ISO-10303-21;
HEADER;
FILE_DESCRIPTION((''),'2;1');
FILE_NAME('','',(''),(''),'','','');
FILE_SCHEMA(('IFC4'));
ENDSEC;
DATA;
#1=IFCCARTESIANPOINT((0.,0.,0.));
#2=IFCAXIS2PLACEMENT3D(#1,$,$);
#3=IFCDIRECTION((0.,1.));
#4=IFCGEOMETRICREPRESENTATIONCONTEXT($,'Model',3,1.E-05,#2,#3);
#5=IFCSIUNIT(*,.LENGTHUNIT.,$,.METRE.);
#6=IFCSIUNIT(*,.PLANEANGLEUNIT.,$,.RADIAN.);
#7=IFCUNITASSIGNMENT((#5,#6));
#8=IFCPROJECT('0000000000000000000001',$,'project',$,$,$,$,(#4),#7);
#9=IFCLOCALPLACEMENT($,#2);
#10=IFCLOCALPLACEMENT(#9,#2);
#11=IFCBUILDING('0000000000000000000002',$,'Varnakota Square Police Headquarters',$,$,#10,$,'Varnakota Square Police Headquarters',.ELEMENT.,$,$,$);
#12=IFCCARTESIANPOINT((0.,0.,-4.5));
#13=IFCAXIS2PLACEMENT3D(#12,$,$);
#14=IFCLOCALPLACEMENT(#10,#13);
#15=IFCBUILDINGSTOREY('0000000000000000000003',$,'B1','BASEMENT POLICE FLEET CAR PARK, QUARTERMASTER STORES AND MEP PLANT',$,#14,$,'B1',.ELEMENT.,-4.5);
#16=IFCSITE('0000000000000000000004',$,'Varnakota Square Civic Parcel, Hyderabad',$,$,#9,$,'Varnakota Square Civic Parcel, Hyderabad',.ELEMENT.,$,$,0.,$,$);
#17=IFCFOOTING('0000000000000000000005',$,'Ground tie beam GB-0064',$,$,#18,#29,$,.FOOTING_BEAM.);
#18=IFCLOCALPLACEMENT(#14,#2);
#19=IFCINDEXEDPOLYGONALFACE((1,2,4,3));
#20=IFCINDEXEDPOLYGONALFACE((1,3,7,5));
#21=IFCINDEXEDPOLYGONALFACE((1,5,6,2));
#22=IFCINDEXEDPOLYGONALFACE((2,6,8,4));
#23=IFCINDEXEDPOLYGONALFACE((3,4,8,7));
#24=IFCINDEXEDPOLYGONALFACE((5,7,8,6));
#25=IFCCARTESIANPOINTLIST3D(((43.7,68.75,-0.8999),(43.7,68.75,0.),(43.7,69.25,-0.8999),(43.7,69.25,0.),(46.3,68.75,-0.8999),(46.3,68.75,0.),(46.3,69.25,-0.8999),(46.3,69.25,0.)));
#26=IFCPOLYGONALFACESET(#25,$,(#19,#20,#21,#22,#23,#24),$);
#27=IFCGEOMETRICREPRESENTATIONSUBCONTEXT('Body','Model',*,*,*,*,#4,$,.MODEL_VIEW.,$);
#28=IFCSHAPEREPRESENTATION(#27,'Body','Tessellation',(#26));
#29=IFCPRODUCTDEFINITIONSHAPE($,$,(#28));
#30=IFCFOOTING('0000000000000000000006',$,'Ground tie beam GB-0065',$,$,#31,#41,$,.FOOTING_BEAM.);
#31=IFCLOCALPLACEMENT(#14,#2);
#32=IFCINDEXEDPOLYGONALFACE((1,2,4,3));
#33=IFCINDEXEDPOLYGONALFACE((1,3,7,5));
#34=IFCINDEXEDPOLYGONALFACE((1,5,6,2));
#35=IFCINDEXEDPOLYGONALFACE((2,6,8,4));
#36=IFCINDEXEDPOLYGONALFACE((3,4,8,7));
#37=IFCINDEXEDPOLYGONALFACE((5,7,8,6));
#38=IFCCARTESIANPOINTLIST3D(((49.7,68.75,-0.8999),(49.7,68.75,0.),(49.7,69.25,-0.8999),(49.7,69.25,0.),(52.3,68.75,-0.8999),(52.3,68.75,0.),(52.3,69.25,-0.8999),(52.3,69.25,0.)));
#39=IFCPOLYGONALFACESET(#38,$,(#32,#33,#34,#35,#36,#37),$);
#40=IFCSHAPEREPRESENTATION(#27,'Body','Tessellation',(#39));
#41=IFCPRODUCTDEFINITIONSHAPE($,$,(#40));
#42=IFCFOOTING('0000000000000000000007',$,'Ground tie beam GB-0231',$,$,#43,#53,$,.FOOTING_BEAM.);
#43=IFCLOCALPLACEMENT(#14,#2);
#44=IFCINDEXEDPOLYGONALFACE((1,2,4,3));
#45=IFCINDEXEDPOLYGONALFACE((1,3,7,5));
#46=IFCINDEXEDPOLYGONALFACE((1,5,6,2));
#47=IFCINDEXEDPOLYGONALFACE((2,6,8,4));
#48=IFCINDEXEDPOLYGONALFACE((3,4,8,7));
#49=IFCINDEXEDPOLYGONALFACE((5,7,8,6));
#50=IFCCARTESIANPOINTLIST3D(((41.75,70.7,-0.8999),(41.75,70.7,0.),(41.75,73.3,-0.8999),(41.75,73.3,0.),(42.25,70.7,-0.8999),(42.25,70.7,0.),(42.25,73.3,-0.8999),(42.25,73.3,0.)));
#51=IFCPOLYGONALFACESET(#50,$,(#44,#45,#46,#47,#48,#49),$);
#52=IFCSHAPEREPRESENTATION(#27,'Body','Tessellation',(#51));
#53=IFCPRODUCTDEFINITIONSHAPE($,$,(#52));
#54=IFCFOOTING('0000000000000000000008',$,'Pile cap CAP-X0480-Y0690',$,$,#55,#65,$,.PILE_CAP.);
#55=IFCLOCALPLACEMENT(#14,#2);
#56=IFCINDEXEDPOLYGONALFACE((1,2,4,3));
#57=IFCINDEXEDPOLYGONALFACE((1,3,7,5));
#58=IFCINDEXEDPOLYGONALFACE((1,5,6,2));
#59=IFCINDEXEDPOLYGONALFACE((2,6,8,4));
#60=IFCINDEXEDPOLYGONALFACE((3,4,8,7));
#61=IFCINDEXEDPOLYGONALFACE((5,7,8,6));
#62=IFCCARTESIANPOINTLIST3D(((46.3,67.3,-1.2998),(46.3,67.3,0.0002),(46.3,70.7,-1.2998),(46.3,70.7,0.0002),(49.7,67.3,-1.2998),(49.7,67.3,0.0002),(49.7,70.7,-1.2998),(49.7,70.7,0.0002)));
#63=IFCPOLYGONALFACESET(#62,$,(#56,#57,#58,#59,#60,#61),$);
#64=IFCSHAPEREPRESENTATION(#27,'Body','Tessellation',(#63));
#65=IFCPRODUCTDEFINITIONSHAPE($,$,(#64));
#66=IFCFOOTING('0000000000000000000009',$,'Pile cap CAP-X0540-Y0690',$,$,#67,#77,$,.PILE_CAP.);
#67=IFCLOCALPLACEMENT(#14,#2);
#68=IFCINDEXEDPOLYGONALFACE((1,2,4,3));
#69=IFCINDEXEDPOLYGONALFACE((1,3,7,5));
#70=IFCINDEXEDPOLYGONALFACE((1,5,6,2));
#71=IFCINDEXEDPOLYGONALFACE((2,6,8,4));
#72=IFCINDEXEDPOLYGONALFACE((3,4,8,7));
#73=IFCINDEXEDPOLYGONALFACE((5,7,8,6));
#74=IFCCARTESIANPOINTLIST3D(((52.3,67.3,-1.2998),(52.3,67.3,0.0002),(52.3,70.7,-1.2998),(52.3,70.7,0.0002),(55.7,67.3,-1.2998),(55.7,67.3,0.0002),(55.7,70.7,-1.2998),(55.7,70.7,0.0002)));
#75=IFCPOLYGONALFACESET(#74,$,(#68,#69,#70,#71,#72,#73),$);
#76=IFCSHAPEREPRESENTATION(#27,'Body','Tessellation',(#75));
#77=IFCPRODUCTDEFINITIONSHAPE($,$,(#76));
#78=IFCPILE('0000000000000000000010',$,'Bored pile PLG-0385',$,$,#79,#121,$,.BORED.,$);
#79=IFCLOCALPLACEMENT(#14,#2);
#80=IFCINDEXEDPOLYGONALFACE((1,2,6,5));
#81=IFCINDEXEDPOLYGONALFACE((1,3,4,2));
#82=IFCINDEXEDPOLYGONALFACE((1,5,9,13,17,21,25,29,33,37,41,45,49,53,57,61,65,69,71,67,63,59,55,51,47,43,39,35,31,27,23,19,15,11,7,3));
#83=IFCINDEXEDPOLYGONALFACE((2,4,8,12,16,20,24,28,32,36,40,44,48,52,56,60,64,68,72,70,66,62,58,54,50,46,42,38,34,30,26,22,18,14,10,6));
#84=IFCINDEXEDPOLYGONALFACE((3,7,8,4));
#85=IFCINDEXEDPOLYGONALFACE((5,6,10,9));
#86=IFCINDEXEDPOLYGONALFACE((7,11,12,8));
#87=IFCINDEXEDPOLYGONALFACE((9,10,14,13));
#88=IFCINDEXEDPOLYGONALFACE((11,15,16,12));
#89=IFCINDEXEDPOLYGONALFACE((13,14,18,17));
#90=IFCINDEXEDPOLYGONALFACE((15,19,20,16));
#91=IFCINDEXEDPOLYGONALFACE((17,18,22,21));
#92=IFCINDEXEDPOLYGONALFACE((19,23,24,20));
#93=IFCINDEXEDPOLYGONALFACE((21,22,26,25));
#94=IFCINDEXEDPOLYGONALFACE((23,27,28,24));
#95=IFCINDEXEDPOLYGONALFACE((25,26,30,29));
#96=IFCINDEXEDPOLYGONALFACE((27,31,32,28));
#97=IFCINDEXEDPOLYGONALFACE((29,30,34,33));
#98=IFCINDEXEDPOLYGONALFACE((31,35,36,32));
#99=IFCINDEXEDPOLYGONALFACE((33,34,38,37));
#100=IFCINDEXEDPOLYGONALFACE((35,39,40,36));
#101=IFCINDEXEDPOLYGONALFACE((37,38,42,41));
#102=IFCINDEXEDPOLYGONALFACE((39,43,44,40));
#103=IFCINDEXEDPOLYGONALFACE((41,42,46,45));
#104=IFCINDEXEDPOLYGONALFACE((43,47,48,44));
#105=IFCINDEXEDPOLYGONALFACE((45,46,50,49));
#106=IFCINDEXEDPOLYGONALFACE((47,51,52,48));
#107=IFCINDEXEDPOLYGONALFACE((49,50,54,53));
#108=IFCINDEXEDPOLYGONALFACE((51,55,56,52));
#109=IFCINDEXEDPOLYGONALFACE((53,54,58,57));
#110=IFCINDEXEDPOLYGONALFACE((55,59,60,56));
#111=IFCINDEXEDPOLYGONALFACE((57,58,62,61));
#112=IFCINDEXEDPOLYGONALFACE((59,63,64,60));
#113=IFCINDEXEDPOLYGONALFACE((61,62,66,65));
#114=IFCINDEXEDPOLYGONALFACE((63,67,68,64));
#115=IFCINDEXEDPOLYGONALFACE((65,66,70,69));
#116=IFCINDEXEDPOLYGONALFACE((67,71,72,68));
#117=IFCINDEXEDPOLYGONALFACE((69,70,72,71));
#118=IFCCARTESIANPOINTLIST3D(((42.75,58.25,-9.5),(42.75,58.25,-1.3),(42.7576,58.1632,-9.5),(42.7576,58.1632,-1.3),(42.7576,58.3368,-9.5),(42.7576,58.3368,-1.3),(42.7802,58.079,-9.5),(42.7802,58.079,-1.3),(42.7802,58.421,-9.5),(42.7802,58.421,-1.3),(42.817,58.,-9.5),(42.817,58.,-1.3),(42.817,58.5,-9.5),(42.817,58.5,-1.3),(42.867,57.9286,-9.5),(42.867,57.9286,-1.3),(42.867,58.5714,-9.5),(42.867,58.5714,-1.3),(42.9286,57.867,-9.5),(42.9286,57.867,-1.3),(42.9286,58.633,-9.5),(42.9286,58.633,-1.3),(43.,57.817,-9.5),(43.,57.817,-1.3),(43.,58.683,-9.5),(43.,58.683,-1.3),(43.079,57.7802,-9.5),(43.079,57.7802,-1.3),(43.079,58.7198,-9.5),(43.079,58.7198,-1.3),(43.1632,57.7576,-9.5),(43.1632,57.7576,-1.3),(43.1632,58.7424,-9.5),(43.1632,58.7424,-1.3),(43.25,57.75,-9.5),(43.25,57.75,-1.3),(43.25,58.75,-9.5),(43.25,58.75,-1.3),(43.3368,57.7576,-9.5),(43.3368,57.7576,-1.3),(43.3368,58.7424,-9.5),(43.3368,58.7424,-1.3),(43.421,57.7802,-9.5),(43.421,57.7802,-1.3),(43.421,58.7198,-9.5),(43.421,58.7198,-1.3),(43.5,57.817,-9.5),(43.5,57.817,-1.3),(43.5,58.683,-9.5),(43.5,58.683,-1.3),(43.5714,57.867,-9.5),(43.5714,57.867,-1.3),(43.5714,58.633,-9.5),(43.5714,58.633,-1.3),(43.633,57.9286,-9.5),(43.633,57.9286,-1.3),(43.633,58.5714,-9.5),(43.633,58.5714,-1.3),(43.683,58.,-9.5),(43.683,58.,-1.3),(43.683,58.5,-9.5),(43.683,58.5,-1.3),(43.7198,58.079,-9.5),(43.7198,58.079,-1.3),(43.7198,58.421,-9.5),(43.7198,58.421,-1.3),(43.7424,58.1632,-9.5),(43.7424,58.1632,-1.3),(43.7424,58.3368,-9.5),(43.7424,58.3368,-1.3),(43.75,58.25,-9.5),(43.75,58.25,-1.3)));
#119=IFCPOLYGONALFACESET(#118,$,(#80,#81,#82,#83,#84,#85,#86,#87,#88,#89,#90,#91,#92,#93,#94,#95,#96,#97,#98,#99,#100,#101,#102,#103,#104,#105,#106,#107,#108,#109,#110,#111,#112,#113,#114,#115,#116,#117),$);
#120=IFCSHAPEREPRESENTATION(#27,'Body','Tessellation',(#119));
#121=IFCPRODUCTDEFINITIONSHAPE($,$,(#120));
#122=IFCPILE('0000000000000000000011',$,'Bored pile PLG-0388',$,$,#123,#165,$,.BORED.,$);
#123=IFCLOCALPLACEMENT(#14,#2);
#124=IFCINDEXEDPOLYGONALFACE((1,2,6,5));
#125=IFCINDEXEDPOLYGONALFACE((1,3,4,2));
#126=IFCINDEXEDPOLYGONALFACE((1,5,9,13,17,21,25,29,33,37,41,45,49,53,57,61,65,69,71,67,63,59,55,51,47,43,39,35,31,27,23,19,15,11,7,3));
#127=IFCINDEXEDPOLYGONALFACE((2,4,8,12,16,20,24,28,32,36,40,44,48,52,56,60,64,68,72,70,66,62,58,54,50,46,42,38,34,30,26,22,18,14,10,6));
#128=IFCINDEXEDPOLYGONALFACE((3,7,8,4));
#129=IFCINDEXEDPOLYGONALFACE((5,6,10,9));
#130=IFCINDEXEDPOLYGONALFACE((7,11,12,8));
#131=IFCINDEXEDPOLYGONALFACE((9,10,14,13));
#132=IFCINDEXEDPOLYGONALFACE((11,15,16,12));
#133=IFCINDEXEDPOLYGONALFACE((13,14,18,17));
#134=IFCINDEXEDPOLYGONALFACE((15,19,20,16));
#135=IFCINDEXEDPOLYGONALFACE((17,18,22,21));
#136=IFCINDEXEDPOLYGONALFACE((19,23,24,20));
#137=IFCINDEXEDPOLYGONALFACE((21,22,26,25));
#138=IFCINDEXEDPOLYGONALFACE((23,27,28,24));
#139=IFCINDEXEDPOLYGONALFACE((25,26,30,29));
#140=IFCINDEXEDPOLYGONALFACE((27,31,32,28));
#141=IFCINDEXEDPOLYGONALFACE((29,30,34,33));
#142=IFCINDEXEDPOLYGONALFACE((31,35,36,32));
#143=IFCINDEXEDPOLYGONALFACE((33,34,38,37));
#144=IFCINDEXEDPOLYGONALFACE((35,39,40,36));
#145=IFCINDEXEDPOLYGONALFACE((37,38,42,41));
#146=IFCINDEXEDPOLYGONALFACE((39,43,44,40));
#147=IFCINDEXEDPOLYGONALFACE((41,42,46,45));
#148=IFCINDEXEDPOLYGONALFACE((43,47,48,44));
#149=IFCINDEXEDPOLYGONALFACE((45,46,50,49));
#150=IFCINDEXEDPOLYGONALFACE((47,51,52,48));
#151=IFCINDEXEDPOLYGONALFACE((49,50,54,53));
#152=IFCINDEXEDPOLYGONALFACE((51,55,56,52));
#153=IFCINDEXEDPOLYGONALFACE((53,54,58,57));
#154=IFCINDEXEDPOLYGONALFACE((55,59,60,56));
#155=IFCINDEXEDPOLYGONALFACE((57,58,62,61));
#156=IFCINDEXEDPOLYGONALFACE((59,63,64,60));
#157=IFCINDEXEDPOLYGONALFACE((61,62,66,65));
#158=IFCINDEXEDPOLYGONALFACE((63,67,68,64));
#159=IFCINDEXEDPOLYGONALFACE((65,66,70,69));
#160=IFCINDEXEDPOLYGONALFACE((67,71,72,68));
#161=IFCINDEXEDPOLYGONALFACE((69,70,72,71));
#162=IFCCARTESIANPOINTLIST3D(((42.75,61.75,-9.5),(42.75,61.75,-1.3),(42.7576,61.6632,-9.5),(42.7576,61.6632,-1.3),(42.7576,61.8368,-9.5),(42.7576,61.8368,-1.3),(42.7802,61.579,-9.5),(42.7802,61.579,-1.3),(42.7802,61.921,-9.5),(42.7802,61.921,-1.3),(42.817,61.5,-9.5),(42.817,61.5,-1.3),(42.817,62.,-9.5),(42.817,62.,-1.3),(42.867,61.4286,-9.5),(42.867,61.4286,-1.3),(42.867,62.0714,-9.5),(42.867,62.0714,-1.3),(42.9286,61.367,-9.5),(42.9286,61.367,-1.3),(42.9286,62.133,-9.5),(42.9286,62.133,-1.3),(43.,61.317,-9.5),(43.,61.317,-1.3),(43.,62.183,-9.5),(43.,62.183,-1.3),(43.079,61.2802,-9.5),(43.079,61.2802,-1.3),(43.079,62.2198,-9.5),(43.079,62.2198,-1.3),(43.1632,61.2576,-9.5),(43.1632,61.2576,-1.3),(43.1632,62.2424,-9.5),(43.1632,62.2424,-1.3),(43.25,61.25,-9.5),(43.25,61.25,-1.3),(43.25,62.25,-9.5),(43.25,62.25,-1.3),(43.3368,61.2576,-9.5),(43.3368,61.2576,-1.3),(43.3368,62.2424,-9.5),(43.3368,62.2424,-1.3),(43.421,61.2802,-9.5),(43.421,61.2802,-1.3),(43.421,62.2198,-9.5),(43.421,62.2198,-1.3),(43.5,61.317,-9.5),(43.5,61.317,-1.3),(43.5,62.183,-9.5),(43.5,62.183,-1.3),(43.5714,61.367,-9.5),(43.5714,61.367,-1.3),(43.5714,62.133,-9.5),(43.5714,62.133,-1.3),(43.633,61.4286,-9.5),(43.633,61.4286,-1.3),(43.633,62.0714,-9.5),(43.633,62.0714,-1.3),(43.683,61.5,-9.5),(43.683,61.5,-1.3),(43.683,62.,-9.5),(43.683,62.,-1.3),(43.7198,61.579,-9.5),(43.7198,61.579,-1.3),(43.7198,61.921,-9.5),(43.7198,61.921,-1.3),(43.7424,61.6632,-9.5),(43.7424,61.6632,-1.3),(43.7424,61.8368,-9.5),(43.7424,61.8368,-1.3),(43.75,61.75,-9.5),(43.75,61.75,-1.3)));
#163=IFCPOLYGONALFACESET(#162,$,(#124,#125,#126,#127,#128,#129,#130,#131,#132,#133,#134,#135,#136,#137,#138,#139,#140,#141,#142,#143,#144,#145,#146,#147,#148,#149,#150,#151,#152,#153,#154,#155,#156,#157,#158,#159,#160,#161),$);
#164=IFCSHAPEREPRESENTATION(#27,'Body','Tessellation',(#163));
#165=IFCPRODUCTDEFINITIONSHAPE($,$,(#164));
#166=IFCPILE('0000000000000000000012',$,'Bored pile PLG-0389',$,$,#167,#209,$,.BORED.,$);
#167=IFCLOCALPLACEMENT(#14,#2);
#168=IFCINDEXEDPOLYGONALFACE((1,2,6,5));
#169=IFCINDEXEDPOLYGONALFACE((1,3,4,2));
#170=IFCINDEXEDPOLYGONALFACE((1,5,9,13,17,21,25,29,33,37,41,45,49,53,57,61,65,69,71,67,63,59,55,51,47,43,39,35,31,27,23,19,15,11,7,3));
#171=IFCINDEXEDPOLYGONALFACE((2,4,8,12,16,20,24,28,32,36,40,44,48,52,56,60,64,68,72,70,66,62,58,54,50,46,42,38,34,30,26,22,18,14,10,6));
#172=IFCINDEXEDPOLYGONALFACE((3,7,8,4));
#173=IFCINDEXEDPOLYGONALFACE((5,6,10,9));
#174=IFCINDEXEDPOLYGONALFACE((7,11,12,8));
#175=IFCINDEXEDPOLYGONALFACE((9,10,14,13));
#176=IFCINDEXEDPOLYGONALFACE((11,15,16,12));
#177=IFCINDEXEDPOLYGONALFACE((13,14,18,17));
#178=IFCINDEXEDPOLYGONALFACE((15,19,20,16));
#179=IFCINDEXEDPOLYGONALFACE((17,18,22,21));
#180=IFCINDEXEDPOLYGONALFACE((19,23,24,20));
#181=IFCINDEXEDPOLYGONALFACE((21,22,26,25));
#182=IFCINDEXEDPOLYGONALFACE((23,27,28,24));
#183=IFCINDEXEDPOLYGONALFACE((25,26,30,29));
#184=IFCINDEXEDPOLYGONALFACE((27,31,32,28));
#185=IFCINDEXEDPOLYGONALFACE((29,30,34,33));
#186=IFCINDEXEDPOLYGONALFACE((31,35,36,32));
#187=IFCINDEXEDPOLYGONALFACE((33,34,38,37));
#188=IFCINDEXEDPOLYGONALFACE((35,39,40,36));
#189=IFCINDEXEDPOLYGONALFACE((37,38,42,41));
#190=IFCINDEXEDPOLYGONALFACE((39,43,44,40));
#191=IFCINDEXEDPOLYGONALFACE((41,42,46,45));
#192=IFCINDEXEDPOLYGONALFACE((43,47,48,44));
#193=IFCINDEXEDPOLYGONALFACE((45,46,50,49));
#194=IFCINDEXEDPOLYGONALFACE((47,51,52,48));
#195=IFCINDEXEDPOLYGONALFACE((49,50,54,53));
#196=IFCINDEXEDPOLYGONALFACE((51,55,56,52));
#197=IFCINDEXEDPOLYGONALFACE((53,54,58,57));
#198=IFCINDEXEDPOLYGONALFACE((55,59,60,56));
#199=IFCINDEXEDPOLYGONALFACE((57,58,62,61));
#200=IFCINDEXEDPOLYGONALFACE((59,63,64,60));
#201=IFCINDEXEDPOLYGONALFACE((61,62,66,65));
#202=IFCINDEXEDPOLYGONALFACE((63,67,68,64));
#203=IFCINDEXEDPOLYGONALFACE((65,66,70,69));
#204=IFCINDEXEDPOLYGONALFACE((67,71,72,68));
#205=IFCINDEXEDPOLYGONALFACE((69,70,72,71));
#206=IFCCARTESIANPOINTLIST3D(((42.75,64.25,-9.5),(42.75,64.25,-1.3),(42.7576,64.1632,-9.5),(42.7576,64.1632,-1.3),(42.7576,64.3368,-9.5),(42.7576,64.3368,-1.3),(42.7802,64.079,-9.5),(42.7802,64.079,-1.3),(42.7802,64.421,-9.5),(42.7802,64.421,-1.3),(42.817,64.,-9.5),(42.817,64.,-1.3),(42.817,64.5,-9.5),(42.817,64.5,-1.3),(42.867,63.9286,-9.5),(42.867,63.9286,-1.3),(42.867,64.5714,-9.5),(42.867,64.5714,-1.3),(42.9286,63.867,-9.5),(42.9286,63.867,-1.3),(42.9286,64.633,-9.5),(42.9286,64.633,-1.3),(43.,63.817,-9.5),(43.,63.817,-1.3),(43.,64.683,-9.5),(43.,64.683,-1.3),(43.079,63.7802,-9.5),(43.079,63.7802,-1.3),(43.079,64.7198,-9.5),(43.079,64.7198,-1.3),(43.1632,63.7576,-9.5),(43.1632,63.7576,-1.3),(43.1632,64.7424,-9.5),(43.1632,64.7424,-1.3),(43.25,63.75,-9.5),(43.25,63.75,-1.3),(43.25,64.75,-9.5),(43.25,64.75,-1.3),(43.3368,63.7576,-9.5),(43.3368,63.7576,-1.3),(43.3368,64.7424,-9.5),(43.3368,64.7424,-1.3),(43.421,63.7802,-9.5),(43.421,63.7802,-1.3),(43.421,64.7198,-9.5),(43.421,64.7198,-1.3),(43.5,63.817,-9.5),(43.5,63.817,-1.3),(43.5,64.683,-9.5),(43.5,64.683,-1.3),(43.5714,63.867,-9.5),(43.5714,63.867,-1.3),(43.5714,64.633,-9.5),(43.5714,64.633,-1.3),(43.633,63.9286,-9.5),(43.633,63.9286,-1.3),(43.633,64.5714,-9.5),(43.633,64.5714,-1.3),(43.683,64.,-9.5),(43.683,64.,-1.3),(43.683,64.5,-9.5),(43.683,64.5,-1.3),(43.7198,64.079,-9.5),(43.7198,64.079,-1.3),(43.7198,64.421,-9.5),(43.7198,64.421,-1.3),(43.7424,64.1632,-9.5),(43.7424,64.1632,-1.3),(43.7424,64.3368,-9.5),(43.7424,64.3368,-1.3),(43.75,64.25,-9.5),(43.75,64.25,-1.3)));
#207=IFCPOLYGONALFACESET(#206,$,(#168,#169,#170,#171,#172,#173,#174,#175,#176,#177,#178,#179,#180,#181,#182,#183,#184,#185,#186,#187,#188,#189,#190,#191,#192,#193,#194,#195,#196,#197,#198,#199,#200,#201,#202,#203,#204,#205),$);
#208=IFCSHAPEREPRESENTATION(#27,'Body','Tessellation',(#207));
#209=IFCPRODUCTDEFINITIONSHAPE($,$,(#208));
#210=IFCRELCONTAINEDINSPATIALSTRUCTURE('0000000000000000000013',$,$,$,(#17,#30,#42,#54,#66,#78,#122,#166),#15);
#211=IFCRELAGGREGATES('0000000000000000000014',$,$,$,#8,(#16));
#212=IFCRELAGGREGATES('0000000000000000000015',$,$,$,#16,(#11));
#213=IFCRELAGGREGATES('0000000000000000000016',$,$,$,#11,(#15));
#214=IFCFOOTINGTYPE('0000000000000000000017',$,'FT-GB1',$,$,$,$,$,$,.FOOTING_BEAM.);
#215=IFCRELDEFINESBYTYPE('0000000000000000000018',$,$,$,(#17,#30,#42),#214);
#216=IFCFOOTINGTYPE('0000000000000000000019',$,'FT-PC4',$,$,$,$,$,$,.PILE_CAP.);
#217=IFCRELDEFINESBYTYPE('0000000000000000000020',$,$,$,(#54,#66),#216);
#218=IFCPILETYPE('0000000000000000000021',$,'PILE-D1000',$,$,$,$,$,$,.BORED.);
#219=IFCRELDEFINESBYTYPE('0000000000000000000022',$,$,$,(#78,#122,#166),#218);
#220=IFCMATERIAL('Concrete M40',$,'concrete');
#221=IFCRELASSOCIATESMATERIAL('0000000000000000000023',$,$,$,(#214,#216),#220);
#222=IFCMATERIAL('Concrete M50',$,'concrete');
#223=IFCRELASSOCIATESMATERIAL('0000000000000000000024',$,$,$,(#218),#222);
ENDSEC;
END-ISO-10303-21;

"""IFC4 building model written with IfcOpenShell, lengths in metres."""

from ifc_helpers import new_model, si_unit, direction, frame, origin, origin_2d, place, context, subcontext, project, spatial, rectangle, circle, extrude, material, material_profile, profile_set, type_object, element, save


model = new_model("IFC4")

# Units and contexts
model_context = context("Model", 3, precision=1e-05, world=origin(), true_north=direction((0.0, 1.0)))
body_context = subcontext(model_context, "Body", "Model", "MODEL_VIEW")
ifc_project = project(units=[si_unit("LENGTHUNIT", "METRE"), si_unit("PLANEANGLEUNIT", "RADIAN")], contexts=[model_context])

# Site, building, storey
site_placement = place(None, origin())
site = spatial("IfcSite", under=ifc_project, at=site_placement, Name="Varnakota Square Civic Parcel, Hyderabad", LongName="Varnakota Square Civic Parcel, Hyderabad", CompositionType="ELEMENT", RefElevation=0.0)
building_placement = place(site_placement, origin())
building = spatial("IfcBuilding", under=site, at=building_placement, Name="Varnakota Square Police Headquarters", LongName="Varnakota Square Police Headquarters", CompositionType="ELEMENT")
storey_placement = place(building_placement, frame((0.0, 0.0, -4.5)))
storey = spatial("IfcBuildingStorey", under=building, at=storey_placement, Name="B1", Description="BASEMENT POLICE FLEET CAR PARK, QUARTERMASTER STORES AND MEP PLANT", LongName="B1", CompositionType="ELEMENT", Elevation=-4.5)

# Footings
ifc_material_1 = material(Name="Concrete M40", Category="concrete")
ifc_material_profile_1 = material_profile(ifc_material_1, rectangle(XDim=0.5, YDim=0.8999, at=origin_2d()), Name="GB 500x900")
ifc_profile_set_1 = profile_set([ifc_material_profile_1], Name="Concrete M40")
footing_type_1 = type_object("IfcFootingType", Name="FT-GB1", PredefinedType="FOOTING_BEAM", material=ifc_profile_set_1)
for number, where, z_axis, x_axis, name in (
    (1, (43.7, 69.0, -0.45), (1.0, 0.0, 0.0), (0.0, 1.0, 0.0), "Ground tie beam GB-0064"),
    (2, (49.7, 69.0, -0.45), (1.0, 0.0, 0.0), (0.0, 1.0, 0.0), "Ground tie beam GB-0065"),
    (3, (42.0, 70.7, -0.45), (0.0, 1.0, 0.0), (-1.0, 0.0, 0.0), "Ground tie beam GB-0231"),
):
    element("IfcFooting", number, at=place(storey_placement, frame(where, z_axis=z_axis, x_axis=x_axis)), inside=storey, type_object=footing_type_1, Name=name, PredefinedType="FOOTING_BEAM", context=body_context, shape_type="SweptSolid", body=[
        extrude(rectangle(XDim=0.5, YDim=0.8999, at=origin_2d()), origin(), (0.0, 0.0, 1.0), 2.6001),
    ])
footing_type_2 = type_object("IfcFootingType", Name="FT-PC4", PredefinedType="PILE_CAP", material=ifc_material_1)
for number, where, z_axis, x_axis, name in (
    (4, (48.0, 69.0, -1.2998), (0.0, 0.0, 1.0), (1.0, 0.0, 0.0), "Pile cap CAP-X0480-Y0690"),
    (5, (54.0, 69.0, -1.2998), (0.0, 0.0, 1.0), (1.0, 0.0, 0.0), "Pile cap CAP-X0540-Y0690"),
):
    element("IfcFooting", number, at=place(storey_placement, frame(where, z_axis=z_axis, x_axis=x_axis)), inside=storey, type_object=footing_type_2, Name=name, PredefinedType="PILE_CAP", context=body_context, shape_type="SweptSolid", body=[
        extrude(rectangle(XDim=3.3999, YDim=3.3999, at=origin_2d()), origin(), (0.0, 0.0, 1.0), 1.3),
    ])

# Piles
ifc_material_2 = material(Name="Concrete M50", Category="concrete")
ifc_material_profile_2 = material_profile(ifc_material_2, circle(Radius=0.5, at=origin_2d()), Name="BORED PILE 1000")
ifc_profile_set_2 = profile_set([ifc_material_profile_2], Name="Concrete M50")
pile_type_1 = type_object("IfcPileType", Name="PILE-D1000", PredefinedType="BORED", material=ifc_profile_set_2)
for number, where, z_axis, x_axis, name in (
    (6, (43.25, 58.25, -1.3), (0.0, 0.0, -1.0), (1.0, 0.0, 0.0), "Bored pile PLG-0385"),
    (7, (43.25, 61.75, -1.3), (0.0, 0.0, -1.0), (1.0, 0.0, 0.0), "Bored pile PLG-0388"),
    (8, (43.25, 64.25, -1.3), (0.0, 0.0, -1.0), (1.0, 0.0, 0.0), "Bored pile PLG-0389"),
):
    element("IfcPile", number, at=place(storey_placement, frame(where, z_axis=z_axis, x_axis=x_axis)), inside=storey, type_object=pile_type_1, Name=name, PredefinedType="BORED", context=body_context, shape_type="SweptSolid", body=[
        extrude(circle(Radius=0.5, at=origin_2d()), origin(), (0.0, 0.0, 1.0), 8.2),
    ])

save(model, "model.ifc")
